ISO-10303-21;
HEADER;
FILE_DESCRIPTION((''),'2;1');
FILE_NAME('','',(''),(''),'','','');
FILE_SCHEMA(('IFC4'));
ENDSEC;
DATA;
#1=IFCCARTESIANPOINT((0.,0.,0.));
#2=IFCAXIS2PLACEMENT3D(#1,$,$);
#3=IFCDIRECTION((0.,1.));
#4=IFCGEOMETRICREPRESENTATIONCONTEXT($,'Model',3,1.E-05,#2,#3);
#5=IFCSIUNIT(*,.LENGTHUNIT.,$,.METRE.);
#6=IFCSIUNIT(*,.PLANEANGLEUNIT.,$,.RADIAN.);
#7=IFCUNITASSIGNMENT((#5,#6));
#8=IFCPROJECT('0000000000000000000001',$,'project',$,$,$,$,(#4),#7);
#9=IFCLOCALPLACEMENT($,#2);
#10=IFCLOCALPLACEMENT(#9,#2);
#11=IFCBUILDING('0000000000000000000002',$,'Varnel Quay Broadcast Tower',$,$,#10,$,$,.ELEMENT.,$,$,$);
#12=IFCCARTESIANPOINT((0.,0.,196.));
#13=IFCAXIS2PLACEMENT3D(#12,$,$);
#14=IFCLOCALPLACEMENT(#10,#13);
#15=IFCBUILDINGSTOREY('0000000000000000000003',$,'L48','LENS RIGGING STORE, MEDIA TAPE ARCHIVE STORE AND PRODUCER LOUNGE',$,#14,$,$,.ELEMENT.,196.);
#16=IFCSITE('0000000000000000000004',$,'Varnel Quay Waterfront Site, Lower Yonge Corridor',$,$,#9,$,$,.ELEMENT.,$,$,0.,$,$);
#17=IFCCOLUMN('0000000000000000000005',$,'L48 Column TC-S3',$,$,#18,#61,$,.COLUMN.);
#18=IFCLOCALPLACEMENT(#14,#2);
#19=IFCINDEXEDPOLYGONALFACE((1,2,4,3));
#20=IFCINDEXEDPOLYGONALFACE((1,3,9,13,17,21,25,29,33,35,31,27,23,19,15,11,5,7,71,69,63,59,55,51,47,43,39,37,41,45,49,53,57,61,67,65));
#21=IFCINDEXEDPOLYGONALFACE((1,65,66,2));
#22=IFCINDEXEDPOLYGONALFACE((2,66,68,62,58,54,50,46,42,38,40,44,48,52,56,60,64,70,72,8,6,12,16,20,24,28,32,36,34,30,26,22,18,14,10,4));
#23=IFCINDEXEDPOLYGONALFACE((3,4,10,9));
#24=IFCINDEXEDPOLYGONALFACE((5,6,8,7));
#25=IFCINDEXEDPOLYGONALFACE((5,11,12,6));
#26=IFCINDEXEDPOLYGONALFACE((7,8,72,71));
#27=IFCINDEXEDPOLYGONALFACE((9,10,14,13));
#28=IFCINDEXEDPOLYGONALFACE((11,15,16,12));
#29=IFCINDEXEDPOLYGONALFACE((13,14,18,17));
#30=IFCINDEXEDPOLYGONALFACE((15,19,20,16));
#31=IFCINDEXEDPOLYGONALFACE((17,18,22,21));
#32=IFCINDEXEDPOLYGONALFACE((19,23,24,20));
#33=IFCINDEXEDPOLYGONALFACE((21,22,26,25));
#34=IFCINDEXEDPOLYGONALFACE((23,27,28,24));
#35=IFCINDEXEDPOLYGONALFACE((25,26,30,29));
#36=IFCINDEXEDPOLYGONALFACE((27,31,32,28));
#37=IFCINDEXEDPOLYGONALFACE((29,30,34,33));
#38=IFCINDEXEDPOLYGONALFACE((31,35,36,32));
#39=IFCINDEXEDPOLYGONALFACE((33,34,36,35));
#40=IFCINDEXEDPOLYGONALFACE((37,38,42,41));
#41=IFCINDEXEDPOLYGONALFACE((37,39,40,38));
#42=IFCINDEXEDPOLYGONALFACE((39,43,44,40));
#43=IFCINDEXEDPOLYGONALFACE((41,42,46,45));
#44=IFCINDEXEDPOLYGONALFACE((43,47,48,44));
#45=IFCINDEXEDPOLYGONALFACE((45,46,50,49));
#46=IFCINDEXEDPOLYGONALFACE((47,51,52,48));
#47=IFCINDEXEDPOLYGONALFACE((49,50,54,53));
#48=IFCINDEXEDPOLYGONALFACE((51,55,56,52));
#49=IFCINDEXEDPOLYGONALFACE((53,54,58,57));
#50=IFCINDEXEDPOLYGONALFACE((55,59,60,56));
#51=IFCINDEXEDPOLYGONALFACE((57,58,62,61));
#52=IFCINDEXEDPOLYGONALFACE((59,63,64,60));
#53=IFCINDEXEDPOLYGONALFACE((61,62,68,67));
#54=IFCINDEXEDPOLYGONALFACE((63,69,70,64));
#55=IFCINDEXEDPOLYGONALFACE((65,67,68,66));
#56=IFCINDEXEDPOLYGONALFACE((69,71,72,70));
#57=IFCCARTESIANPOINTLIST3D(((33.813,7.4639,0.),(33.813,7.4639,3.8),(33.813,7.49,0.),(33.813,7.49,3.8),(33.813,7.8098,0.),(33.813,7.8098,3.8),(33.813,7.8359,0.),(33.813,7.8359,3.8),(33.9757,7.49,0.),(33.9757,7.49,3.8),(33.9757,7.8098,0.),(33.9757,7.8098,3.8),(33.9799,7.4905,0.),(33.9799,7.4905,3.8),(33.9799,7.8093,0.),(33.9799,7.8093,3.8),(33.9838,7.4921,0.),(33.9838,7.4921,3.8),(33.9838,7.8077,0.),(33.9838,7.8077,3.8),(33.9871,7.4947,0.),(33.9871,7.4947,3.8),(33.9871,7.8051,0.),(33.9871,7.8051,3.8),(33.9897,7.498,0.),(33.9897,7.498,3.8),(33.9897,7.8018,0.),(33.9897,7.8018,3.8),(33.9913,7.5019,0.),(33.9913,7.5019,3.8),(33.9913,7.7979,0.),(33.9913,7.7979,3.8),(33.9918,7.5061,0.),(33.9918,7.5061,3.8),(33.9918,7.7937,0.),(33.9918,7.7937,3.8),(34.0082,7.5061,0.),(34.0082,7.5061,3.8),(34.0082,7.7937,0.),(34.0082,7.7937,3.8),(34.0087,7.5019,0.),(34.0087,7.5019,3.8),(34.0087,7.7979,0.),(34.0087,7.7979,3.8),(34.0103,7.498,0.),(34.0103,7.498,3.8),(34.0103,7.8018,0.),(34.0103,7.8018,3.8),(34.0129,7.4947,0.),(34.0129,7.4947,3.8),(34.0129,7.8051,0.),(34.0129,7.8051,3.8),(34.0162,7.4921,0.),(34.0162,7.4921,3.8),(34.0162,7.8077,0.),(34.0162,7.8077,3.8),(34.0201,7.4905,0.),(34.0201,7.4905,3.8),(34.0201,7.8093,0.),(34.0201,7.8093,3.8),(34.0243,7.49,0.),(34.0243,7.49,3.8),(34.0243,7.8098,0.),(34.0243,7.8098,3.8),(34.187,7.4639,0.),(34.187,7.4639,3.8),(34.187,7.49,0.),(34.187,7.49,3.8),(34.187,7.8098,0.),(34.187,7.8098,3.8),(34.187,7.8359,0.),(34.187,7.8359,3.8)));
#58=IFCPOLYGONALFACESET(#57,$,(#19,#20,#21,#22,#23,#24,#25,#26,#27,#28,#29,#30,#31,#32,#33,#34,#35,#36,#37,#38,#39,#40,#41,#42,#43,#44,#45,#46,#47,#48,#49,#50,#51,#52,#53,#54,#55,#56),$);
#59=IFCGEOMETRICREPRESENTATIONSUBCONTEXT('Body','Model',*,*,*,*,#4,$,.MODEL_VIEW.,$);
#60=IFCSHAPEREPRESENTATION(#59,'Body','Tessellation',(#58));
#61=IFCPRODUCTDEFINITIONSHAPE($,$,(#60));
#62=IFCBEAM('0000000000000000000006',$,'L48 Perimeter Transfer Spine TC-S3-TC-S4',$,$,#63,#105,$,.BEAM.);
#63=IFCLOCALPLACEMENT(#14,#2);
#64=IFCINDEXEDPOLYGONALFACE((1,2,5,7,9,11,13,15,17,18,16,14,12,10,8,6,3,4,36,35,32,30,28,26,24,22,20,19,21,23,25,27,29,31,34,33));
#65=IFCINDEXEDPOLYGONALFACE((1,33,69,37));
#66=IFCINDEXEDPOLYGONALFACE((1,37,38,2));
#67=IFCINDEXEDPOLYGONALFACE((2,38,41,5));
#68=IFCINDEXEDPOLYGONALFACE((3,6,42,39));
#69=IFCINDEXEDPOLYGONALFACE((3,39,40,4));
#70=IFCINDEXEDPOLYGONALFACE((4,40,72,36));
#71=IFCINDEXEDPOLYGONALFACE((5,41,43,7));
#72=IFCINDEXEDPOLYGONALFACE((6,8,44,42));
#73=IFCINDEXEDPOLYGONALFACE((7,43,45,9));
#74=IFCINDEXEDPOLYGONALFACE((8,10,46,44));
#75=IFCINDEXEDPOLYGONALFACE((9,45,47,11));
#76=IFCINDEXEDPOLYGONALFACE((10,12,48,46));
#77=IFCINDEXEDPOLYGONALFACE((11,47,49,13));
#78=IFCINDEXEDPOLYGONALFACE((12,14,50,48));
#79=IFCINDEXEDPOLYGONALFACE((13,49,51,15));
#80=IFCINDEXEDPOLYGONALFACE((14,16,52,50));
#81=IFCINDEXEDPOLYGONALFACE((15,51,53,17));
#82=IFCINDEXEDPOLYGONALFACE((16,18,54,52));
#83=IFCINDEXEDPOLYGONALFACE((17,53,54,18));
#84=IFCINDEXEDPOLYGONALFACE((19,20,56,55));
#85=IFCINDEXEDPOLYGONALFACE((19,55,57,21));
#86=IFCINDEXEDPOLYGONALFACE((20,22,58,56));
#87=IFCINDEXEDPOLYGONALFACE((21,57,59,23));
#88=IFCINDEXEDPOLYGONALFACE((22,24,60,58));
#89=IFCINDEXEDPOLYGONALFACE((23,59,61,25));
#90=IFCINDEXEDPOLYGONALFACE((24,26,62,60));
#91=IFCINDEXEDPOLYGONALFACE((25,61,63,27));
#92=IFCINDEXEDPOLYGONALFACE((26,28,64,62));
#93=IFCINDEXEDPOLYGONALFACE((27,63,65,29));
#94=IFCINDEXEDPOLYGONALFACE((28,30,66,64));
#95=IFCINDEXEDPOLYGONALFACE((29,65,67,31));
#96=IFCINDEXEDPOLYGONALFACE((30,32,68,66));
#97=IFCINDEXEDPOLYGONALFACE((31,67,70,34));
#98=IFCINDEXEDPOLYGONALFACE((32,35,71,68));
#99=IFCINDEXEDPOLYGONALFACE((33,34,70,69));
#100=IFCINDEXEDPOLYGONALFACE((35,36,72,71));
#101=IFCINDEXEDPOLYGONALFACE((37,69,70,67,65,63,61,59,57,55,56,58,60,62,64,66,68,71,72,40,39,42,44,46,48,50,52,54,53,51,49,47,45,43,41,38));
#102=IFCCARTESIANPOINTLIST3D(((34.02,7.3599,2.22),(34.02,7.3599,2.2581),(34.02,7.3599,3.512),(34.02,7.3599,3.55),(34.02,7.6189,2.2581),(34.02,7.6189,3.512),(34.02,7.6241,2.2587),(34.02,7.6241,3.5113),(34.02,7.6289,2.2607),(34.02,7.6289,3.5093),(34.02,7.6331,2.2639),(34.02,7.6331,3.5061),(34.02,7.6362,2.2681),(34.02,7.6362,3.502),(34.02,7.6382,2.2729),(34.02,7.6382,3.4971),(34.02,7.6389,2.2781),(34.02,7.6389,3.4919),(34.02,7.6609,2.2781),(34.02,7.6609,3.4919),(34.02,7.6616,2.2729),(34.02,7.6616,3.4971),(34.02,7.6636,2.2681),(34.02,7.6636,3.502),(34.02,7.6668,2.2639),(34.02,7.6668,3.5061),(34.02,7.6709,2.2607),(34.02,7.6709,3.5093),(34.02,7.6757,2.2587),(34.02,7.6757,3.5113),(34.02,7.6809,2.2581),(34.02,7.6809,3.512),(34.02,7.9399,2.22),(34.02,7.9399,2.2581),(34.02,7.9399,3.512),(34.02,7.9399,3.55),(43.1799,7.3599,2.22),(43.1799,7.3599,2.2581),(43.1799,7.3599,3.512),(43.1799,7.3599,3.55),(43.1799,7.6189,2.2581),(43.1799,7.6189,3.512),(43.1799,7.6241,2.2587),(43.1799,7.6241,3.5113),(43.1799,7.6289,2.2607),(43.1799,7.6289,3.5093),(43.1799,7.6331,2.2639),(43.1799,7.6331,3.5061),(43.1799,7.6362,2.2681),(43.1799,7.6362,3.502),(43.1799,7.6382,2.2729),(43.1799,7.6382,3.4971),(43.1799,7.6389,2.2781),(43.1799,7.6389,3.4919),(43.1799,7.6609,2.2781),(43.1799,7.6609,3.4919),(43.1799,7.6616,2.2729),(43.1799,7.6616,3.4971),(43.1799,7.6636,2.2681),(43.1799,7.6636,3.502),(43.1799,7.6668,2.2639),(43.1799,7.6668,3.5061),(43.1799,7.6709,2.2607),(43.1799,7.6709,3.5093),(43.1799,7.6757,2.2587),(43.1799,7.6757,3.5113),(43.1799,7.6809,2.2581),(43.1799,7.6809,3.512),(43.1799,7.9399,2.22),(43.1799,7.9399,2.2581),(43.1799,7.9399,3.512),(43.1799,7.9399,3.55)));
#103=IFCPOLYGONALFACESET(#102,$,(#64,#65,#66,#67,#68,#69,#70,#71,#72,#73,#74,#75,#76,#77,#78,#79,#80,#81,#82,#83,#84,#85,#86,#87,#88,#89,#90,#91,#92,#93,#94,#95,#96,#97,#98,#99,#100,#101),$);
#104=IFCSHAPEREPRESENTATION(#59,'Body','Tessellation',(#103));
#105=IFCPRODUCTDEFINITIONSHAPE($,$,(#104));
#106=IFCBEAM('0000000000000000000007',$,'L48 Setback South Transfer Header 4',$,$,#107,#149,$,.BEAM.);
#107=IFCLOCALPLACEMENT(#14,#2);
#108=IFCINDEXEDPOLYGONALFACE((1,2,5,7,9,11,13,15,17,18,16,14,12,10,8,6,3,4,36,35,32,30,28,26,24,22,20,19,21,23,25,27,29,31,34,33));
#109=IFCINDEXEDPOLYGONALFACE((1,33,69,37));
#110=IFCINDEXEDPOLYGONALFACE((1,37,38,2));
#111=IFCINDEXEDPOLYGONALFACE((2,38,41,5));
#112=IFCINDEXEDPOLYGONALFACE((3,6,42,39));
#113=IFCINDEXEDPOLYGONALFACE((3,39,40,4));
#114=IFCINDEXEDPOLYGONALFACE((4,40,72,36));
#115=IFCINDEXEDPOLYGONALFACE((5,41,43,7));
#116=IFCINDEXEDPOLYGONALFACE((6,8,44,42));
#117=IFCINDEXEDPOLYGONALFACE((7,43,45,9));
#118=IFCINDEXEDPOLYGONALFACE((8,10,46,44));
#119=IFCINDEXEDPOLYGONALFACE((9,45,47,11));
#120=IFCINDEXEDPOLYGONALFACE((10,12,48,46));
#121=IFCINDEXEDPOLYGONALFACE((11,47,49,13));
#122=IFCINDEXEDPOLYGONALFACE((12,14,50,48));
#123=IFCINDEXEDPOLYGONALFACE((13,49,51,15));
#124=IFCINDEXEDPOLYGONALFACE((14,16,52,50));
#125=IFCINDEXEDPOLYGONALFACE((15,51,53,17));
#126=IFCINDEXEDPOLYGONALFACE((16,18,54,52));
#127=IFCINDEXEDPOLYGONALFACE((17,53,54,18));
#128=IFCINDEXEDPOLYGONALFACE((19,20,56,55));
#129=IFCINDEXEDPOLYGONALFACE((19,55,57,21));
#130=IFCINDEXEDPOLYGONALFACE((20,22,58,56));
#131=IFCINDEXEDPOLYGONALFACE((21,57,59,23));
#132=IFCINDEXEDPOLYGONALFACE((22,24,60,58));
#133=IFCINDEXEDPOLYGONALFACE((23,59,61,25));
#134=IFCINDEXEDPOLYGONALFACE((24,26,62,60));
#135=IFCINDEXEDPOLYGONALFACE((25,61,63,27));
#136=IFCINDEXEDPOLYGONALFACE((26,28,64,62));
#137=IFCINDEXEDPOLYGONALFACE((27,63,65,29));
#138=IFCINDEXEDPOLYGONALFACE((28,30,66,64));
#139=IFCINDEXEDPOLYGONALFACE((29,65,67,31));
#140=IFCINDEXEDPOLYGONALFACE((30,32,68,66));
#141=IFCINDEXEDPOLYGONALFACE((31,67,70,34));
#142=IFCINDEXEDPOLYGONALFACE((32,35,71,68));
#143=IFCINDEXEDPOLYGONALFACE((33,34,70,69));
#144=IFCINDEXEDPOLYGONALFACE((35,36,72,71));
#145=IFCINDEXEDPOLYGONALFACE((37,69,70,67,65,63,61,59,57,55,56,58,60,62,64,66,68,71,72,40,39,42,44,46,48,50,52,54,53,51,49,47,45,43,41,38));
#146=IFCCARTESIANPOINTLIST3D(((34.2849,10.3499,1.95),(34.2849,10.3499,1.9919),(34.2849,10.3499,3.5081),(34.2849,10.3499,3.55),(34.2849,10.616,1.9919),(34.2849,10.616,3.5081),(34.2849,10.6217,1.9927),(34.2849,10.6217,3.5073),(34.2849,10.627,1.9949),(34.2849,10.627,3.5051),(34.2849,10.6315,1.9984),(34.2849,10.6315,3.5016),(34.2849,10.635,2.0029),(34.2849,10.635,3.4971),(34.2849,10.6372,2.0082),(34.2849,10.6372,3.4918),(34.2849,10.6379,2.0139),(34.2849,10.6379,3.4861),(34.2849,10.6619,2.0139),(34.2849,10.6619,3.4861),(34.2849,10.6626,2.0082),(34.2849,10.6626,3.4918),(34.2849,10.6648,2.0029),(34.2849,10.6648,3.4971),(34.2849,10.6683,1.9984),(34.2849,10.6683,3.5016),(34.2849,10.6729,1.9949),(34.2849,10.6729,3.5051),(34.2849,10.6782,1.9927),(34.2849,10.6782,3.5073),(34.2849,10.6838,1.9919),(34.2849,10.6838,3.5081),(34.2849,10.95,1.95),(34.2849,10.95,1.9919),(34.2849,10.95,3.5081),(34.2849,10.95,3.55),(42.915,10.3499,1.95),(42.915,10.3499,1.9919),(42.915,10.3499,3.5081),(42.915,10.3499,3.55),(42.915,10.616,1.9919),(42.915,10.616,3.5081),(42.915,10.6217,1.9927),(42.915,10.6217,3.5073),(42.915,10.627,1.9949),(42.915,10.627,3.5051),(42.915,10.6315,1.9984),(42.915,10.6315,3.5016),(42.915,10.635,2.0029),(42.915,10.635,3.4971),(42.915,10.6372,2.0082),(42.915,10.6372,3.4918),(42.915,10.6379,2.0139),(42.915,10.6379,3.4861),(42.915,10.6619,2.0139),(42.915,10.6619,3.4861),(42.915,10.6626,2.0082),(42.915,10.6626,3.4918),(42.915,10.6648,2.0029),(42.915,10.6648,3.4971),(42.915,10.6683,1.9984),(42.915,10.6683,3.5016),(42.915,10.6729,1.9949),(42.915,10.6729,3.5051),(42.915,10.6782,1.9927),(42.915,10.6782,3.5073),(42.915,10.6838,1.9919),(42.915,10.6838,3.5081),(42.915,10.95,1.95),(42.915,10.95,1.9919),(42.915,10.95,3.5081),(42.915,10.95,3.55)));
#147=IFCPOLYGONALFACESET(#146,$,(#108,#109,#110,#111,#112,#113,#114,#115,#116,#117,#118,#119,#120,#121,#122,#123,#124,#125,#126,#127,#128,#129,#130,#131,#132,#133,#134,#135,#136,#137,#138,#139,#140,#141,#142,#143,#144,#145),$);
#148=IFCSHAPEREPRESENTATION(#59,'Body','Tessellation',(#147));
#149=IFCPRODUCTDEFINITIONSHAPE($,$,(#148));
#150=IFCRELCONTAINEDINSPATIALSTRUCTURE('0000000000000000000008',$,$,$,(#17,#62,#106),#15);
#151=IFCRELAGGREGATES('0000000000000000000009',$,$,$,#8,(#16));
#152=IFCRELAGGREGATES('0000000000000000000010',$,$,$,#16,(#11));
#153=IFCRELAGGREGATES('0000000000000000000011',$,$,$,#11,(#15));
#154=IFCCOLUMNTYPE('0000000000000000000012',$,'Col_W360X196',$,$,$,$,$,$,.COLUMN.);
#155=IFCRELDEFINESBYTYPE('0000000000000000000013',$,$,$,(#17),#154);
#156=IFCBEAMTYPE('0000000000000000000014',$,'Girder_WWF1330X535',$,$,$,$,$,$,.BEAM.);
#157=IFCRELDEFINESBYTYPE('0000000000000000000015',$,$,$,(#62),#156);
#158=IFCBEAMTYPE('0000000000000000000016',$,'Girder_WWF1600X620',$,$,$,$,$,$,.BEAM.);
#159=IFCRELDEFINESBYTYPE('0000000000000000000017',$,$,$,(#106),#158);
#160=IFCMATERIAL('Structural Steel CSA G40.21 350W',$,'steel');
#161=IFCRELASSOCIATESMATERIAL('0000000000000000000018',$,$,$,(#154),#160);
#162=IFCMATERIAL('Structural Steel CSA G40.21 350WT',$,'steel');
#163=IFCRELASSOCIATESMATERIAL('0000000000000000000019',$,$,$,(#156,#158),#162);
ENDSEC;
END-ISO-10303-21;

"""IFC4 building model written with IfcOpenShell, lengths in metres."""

from ifc_helpers import new_model, si_unit, direction, frame, origin, origin_2d, place, context, subcontext, project, spatial, i_section, extrude, source, transform, mapped, material, material_profile, profile_set, type_object, type_shapes, element, save


model = new_model("IFC4")

# Units and contexts
model_context = context("Model", 3, precision=1e-05, world=origin(), true_north=direction((0.0, 1.0)))
body_context = subcontext(model_context, "Body", "Model", "MODEL_VIEW")
ifc_project = project(units=[si_unit("LENGTHUNIT", "METRE"), si_unit("PLANEANGLEUNIT", "RADIAN")], contexts=[model_context])

# Site, building, storey
site_placement = place(None, origin())
site = spatial("IfcSite", under=ifc_project, at=site_placement, Name="Varnel Quay Waterfront Site, Lower Yonge Corridor", CompositionType="ELEMENT", RefElevation=0.0)
building_placement = place(site_placement, origin())
building = spatial("IfcBuilding", under=site, at=building_placement, Name="Varnel Quay Broadcast Tower", CompositionType="ELEMENT")
storey_placement = place(building_placement, frame((0.0, 0.0, 196.0)))
storey = spatial("IfcBuildingStorey", under=building, at=storey_placement, Name="L48", Description="LENS RIGGING STORE, MEDIA TAPE ARCHIVE STORE AND PRODUCER LOUNGE", CompositionType="ELEMENT", Elevation=196.0)

# Column
ifc_material_1 = material(Name="Structural Steel CSA G40.21 350W", Category="steel")
ifc_material_profile_1 = material_profile(ifc_material_1, i_section(OverallWidth=0.374, OverallDepth=0.3721, WebThickness=0.0164, FlangeThickness=0.0261, FilletRadius=0.0161, at=origin_2d()), Name="W360X196")
ifc_profile_set_1 = profile_set([ifc_material_profile_1], Name="Structural Steel CSA G40.21 350W")
column_type = type_object("IfcColumnType", Name="Col_W360X196", PredefinedType="COLUMN", material=ifc_profile_set_1)
shared_shape_1 = source(origin(), body_context, "Body", "SweptSolid", [
    extrude(i_section(OverallWidth=0.374, OverallDepth=0.3721, WebThickness=0.0164, FlangeThickness=0.0261, FilletRadius=0.0161, at=origin_2d()), origin(), (0.0, 0.0, 1.0), 3.8),
])
type_shapes(column_type, [shared_shape_1])
column_placement = place(storey_placement, frame((34.0, 7.6499, 0.0), z_axis=(0.0, 0.0, 1.0), x_axis=(1.0, 0.0, 0.0)))
element("IfcColumn", 1, at=column_placement, inside=storey, type_object=column_type, Name="L48 Column TC-S3", PredefinedType="COLUMN", context=body_context, shape_type="MappedRepresentation", body=[
    mapped(shared_shape_1, transform((0.0, 0.0, 0.0), x_axis=(1.0, 0.0, 0.0), y_axis=(0.0, 1.0, 0.0), z_axis=(0.0, 0.0, 1.0), scale=1.0)),
])

# Beams
ifc_material_2 = material(Name="Structural Steel CSA G40.21 350WT", Category="steel")
ifc_material_profile_2 = material_profile(ifc_material_2, i_section(OverallWidth=0.5801, OverallDepth=1.3301, WebThickness=0.022, FlangeThickness=0.0381, FilletRadius=0.02, at=origin_2d()), Name="WWF1330X535")
ifc_profile_set_2 = profile_set([ifc_material_profile_2], Name="Structural Steel CSA G40.21 350WT")
beam_type_1 = type_object("IfcBeamType", Name="Girder_WWF1330X535", PredefinedType="BEAM", material=ifc_profile_set_2)
shared_shape_2 = source(origin(), body_context, "Body", "SweptSolid", [
    extrude(i_section(OverallWidth=0.5801, OverallDepth=1.3301, WebThickness=0.022, FlangeThickness=0.0381, FilletRadius=0.02, at=origin_2d()), origin(), (0.0, 0.0, 1.0), 9.1599),
])
beam_1_placement = place(storey_placement, frame((34.02, 7.6499, 2.885), z_axis=(1.0, 0.0, 0.0), x_axis=(0.0, 1.0, 0.0)))
element("IfcBeam", 2, at=beam_1_placement, inside=storey, type_object=beam_type_1, Name="L48 Perimeter Transfer Spine TC-S3-TC-S4", PredefinedType="BEAM", context=body_context, shape_type="MappedRepresentation", body=[
    mapped(shared_shape_2, transform((0.0, 0.0, 0.0), x_axis=(1.0, 0.0, 0.0), y_axis=(0.0, 1.0, 0.0), z_axis=(0.0, 0.0, 1.0), scale=1.0)),
])
ifc_material_profile_3 = material_profile(ifc_material_2, i_section(OverallWidth=0.6001, OverallDepth=1.6001, WebThickness=0.0239, FlangeThickness=0.042, FilletRadius=0.022, at=origin_2d()), Name="WWF1600X620")
ifc_profile_set_3 = profile_set([ifc_material_profile_3], Name="Structural Steel CSA G40.21 350WT")
beam_type_2 = type_object("IfcBeamType", Name="Girder_WWF1600X620", PredefinedType="BEAM", material=ifc_profile_set_3)
shared_shape_3 = source(origin(), body_context, "Body", "SweptSolid", [
    extrude(i_section(OverallWidth=0.6001, OverallDepth=1.6001, WebThickness=0.0239, FlangeThickness=0.042, FilletRadius=0.022, at=origin_2d()), origin(), (0.0, 0.0, 1.0), 8.6301),
])
beam_2_placement = place(storey_placement, frame((34.2849, 10.6499, 2.75), z_axis=(1.0, 0.0, 0.0), x_axis=(0.0, 1.0, 0.0)))
element("IfcBeam", 3, at=beam_2_placement, inside=storey, type_object=beam_type_2, Name="L48 Setback South Transfer Header 4", PredefinedType="BEAM", context=body_context, shape_type="MappedRepresentation", body=[
    mapped(shared_shape_3, transform((0.0, 0.0, 0.0), x_axis=(1.0, 0.0, 0.0), y_axis=(0.0, 1.0, 0.0), z_axis=(0.0, 0.0, 1.0), scale=1.0)),
])

save(model, "model.ifc")
